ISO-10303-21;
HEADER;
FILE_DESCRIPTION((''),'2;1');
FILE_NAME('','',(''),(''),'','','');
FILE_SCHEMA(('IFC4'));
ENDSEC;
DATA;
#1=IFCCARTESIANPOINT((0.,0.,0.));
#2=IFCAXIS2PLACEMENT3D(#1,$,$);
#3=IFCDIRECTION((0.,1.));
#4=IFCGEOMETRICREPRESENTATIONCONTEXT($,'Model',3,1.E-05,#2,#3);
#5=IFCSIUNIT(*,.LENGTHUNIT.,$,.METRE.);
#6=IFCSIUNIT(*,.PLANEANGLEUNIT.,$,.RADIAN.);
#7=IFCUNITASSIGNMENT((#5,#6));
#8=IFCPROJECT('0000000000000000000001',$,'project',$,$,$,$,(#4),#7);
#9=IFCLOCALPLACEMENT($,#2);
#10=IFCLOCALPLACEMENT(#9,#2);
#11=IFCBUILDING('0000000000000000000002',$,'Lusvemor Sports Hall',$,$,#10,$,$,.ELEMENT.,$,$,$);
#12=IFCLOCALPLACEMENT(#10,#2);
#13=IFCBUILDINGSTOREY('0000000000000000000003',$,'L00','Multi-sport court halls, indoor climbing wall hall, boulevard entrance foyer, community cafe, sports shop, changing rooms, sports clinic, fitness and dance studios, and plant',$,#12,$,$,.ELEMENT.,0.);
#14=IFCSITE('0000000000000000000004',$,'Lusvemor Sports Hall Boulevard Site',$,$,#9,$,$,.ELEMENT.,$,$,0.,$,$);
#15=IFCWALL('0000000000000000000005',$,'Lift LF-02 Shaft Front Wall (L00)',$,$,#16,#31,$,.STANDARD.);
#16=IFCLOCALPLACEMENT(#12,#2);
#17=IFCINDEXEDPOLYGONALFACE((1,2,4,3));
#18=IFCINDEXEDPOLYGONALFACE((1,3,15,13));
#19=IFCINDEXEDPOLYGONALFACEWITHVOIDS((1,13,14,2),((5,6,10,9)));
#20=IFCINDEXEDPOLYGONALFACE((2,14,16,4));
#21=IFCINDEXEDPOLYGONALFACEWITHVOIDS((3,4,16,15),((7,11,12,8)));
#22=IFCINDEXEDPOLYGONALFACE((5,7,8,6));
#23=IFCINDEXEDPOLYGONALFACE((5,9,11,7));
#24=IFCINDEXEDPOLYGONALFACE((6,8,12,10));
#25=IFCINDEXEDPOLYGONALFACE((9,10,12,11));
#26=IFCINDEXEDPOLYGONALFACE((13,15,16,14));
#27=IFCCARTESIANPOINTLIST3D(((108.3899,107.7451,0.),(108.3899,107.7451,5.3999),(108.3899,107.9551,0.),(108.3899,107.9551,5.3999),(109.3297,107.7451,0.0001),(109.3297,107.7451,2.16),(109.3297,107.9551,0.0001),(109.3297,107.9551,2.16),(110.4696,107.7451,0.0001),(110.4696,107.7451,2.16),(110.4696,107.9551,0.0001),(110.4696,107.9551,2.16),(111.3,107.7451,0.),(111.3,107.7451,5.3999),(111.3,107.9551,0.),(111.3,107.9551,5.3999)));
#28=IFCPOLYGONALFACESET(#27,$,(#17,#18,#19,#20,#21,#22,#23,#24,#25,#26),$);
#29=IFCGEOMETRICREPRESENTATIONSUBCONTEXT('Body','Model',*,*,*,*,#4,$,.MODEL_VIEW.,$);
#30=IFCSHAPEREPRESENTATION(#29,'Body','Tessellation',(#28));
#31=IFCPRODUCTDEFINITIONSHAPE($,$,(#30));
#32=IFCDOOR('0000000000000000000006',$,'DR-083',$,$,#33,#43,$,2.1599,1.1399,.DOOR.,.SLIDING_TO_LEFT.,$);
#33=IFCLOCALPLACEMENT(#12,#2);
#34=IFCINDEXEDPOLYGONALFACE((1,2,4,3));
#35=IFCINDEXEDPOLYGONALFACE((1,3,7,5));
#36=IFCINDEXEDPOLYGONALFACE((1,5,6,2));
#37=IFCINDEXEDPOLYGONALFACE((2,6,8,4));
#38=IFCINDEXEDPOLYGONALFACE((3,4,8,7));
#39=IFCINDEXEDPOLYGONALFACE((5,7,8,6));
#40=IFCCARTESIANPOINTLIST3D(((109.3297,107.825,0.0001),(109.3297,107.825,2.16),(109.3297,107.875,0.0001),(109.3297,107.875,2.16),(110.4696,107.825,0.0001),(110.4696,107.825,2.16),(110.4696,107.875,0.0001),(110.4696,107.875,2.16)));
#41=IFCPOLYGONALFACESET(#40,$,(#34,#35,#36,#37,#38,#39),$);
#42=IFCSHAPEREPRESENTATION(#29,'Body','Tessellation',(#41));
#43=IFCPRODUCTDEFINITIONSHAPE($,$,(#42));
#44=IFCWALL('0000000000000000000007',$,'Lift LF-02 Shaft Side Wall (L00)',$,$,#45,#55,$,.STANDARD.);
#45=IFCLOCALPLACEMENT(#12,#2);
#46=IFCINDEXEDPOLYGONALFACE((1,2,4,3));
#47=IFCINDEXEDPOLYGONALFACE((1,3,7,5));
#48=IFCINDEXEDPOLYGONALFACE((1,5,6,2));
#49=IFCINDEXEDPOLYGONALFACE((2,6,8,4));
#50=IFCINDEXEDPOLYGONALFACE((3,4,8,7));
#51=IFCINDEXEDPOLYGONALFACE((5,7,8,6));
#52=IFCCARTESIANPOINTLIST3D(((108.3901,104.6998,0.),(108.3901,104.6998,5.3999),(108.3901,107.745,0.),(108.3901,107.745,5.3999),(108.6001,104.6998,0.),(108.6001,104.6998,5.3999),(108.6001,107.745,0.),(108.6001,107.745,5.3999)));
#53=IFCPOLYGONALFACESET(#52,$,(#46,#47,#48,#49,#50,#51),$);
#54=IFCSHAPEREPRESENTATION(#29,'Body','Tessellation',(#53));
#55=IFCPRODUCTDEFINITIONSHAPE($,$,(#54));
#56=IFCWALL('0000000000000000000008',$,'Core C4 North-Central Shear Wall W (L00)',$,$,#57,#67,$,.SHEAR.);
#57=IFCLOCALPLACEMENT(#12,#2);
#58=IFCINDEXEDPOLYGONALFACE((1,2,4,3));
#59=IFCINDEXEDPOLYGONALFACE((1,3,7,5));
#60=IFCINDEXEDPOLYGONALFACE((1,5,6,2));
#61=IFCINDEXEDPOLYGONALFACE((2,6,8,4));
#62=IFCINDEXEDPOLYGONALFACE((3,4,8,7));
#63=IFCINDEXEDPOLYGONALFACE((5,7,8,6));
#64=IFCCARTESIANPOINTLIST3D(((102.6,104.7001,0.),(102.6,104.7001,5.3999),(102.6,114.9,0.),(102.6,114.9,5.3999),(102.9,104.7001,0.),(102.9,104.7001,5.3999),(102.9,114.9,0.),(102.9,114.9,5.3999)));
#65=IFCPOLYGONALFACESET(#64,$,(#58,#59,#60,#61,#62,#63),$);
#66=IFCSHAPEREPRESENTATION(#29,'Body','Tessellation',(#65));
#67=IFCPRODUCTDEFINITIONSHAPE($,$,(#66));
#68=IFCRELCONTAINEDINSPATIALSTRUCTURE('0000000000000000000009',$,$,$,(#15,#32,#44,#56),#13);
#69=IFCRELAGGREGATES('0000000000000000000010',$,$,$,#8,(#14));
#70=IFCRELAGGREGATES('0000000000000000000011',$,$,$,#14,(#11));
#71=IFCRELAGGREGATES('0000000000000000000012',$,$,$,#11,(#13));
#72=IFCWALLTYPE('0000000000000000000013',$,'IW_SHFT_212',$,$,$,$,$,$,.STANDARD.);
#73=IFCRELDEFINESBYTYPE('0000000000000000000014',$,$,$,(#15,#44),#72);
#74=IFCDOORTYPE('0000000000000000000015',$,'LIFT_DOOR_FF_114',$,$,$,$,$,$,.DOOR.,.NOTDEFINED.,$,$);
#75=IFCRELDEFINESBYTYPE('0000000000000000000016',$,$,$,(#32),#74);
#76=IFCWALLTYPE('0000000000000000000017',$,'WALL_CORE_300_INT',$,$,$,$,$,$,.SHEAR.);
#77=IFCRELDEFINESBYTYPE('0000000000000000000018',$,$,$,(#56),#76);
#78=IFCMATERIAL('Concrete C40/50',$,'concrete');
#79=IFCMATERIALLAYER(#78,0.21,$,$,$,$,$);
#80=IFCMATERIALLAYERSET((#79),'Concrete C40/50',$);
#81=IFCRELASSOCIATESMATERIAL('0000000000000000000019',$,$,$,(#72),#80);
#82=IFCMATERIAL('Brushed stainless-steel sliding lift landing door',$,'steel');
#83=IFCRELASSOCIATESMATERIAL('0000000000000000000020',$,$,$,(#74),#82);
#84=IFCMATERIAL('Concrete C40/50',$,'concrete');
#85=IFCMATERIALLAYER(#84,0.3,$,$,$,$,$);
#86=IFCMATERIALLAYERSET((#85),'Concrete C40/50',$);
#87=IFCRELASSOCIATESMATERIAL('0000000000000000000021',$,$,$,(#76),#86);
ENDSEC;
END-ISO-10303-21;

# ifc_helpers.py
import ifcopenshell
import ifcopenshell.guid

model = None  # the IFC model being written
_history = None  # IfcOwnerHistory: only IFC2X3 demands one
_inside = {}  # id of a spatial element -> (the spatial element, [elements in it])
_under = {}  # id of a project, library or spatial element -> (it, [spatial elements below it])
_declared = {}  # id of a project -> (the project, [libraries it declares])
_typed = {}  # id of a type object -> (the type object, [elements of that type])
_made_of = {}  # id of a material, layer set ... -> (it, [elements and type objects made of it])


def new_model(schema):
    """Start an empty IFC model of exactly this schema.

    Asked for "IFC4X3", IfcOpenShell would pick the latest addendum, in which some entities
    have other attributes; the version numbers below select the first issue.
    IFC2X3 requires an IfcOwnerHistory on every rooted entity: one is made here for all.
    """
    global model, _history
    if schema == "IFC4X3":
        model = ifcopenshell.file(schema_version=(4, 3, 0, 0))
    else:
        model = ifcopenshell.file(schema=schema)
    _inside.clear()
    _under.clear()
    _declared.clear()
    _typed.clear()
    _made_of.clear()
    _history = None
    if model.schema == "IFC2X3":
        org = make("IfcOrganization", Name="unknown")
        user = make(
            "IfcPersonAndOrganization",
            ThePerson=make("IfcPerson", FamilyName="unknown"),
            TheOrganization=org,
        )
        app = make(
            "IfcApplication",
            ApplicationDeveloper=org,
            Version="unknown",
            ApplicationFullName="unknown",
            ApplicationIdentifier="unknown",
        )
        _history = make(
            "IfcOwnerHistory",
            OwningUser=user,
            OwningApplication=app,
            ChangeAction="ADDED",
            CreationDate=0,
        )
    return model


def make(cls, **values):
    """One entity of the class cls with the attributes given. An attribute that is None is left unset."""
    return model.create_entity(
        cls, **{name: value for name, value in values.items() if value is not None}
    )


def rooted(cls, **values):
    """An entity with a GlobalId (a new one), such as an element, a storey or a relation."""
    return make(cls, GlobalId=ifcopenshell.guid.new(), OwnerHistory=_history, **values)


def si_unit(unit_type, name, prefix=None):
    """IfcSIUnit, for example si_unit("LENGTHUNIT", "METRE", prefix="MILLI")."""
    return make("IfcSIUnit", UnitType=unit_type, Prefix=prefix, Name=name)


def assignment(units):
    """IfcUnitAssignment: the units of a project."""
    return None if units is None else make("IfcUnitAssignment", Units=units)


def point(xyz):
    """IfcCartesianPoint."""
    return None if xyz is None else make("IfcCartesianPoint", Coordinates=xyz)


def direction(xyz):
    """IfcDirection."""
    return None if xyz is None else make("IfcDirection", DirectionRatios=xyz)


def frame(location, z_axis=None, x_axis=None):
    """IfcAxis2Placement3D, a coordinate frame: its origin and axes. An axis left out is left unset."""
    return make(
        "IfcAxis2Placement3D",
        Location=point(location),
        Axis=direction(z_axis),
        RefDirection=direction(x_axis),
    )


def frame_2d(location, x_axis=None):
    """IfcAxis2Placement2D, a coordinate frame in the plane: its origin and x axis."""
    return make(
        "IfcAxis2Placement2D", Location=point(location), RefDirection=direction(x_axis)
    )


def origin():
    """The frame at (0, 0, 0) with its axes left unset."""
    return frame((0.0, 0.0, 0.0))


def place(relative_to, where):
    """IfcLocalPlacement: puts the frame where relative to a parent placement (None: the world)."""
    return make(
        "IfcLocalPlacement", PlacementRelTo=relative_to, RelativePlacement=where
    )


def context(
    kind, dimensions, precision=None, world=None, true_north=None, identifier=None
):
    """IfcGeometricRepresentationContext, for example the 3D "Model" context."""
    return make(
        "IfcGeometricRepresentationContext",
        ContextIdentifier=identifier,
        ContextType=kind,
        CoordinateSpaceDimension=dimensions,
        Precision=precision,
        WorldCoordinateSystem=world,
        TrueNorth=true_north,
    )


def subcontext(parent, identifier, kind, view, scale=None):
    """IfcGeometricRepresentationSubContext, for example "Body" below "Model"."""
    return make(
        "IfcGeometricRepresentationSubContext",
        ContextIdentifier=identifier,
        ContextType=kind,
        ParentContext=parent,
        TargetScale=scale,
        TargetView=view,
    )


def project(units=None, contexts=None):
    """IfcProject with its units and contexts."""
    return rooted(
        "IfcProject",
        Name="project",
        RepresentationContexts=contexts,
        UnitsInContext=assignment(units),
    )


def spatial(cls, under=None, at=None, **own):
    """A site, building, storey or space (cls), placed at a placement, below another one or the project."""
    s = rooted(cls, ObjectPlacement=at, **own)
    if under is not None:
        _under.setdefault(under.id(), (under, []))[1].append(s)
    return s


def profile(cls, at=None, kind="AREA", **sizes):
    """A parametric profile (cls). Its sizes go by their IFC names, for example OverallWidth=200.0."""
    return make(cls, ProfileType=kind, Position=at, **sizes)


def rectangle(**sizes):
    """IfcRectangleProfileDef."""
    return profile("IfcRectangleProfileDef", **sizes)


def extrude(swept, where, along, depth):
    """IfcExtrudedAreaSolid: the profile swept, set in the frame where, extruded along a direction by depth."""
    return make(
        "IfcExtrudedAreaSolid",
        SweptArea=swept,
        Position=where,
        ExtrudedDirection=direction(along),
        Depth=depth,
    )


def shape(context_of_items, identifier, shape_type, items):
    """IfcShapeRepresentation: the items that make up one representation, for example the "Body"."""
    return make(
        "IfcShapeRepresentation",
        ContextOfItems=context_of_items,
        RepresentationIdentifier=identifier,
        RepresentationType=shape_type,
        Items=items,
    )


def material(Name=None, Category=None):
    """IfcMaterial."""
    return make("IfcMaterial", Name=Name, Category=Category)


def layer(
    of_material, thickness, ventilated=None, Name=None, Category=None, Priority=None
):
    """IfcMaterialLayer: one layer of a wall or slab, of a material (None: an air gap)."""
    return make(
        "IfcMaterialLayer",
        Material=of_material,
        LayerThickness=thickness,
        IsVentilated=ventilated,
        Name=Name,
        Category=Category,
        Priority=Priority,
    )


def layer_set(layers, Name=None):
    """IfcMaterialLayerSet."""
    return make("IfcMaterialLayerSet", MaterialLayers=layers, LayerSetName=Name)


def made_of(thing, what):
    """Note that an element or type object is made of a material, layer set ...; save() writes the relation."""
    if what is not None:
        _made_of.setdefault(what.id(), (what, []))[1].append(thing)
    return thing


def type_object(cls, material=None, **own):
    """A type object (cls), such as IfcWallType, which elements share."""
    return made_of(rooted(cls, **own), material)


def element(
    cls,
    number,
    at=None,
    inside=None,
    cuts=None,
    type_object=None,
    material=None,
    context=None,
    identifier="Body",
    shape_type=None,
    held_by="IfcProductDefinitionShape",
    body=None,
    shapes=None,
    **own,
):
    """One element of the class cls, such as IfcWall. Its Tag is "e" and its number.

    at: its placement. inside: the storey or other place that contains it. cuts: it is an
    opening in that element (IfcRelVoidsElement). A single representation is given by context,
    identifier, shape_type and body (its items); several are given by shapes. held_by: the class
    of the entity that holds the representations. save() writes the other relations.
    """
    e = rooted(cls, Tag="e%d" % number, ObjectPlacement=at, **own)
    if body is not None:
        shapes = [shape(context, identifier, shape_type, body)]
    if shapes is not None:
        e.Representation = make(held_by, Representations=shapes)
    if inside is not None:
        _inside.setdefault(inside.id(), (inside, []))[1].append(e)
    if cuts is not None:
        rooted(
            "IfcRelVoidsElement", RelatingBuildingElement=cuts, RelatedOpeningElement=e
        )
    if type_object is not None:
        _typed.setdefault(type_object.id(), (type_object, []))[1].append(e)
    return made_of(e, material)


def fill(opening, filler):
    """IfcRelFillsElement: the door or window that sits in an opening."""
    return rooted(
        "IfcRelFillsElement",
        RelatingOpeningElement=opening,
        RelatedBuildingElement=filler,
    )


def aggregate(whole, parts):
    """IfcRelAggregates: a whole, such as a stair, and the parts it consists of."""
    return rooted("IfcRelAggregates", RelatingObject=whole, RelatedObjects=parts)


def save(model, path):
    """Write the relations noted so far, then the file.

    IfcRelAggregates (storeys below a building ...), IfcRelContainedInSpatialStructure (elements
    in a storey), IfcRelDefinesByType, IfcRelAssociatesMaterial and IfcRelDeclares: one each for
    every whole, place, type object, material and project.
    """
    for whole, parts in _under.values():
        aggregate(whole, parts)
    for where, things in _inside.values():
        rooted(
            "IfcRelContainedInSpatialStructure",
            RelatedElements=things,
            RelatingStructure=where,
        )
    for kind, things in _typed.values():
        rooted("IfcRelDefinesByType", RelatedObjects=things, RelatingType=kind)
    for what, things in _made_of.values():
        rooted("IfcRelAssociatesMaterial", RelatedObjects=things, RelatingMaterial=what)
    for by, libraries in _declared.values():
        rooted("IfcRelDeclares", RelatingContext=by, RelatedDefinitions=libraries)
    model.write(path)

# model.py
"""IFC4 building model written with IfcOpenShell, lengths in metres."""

from ifc_helpers import new_model, si_unit, direction, frame, frame_2d, origin, place, context, subcontext, project, spatial, rectangle, extrude, material, layer, layer_set, type_object, element, fill, save


model = new_model("IFC4")

# Units and contexts
model_context = context("Model", 3, precision=1e-05, world=origin(), true_north=direction((0.0, 1.0)))
body_context = subcontext(model_context, "Body", "Model", "MODEL_VIEW")
ifc_project = project(units=[si_unit("LENGTHUNIT", "METRE"), si_unit("PLANEANGLEUNIT", "RADIAN")], contexts=[model_context])

# Site, building, storey
site_placement = place(None, origin())
site = spatial("IfcSite", under=ifc_project, at=site_placement, Name="Lusvemor Sports Hall Boulevard Site", CompositionType="ELEMENT", RefElevation=0.0)
building_placement = place(site_placement, origin())
building = spatial("IfcBuilding", under=site, at=building_placement, Name="Lusvemor Sports Hall", CompositionType="ELEMENT")
storey_placement = place(building_placement, origin())
storey = spatial("IfcBuildingStorey", under=building, at=storey_placement, Name="L00", Description="Multi-sport court halls, indoor climbing wall hall, boulevard entrance foyer, community cafe, sports shop, changing rooms, sports clinic, fitness and dance studios, and plant", CompositionType="ELEMENT", Elevation=0.0)

# Wall, opening, door
ifc_material_1 = material(Name="Concrete C40/50", Category="concrete")
ifc_layer_1 = layer(ifc_material_1, 0.21)
ifc_layer_set_1 = layer_set([ifc_layer_1], Name="Concrete C40/50")
wall_type_1 = type_object("IfcWallType", Name="IW_SHFT_212", PredefinedType="STANDARD", material=ifc_layer_set_1)
wall_1_placement = place(storey_placement, frame((108.3899, 107.8501, 0.0), z_axis=(0.0, 0.0, 1.0), x_axis=(1.0, 0.0, 0.0)))
wall_1 = element("IfcWall", 1, at=wall_1_placement, inside=storey, type_object=wall_type_1, Name="Lift LF-02 Shaft Front Wall (L00)", PredefinedType="STANDARD", context=body_context, shape_type="SweptSolid", body=[
    extrude(rectangle(XDim=2.9102, YDim=0.21, at=frame_2d((1.4551, 0.0))), origin(), (0.0, 0.0, 1.0), 5.3999),
])
opening_1_placement = place(wall_1_placement, frame((0.9399, 0.0, 0.0)))
opening_1 = element("IfcOpeningElement", 2, at=opening_1_placement, cuts=wall_1, PredefinedType="OPENING", context=body_context, shape_type="SweptSolid", body=[
    extrude(rectangle(XDim=1.1399, YDim=2.1599, at=frame_2d((0.5698, 1.0801))), frame((0.0, 0.105, 0.0), z_axis=(0.0, -1.0, 0.0), x_axis=(1.0, 0.0, 0.0)), (0.0, 0.0, 1.0), 0.21),
])
ifc_material_2 = material(Name="Brushed stainless-steel sliding lift landing door", Category="steel")
door_type_1 = type_object("IfcDoorType", Name="LIFT_DOOR_FF_114", OperationType="NOTDEFINED", PredefinedType="DOOR", material=ifc_material_2)
door_1_placement = place(opening_1_placement, origin())
door_1 = element("IfcDoor", 3, at=door_1_placement, inside=storey, type_object=door_type_1, Name="DR-083", OperationType="SLIDING_TO_LEFT", OverallHeight=2.1599, OverallWidth=1.1399, PredefinedType="DOOR", context=body_context, shape_type="SweptSolid", body=[
    extrude(rectangle(XDim=1.1399, YDim=2.1599, at=frame_2d((0.5698, 1.0801))), frame((0.0, 0.0249, 0.0), z_axis=(0.0, -1.0, 0.0), x_axis=(1.0, 0.0, 0.0)), (0.0, 0.0, 1.0), 0.05),
])
fill(opening_1, door_1)

# Walls
wall_2_placement = place(storey_placement, frame((108.4951, 104.7, 0.0), z_axis=(0.0, 0.0, 1.0), x_axis=(0.0, 1.0, 0.0)))
element("IfcWall", 4, at=wall_2_placement, inside=storey, type_object=wall_type_1, Name="Lift LF-02 Shaft Side Wall (L00)", PredefinedType="STANDARD", context=body_context, shape_type="SweptSolid", body=[
    extrude(rectangle(XDim=3.0452, YDim=0.21, at=frame_2d((1.5225, 0.0))), origin(), (0.0, 0.0, 1.0), 5.3999),
])
ifc_material_3 = material(Name="Concrete C40/50", Category="concrete")
ifc_layer_2 = layer(ifc_material_3, 0.3)
ifc_layer_set_2 = layer_set([ifc_layer_2], Name="Concrete C40/50")
wall_type_2 = type_object("IfcWallType", Name="WALL_CORE_300_INT", PredefinedType="SHEAR", material=ifc_layer_set_2)
wall_3_placement = place(storey_placement, frame((102.75, 104.7, 0.0), z_axis=(0.0, 0.0, 1.0), x_axis=(0.0, 1.0, 0.0)))
element("IfcWall", 5, at=wall_3_placement, inside=storey, type_object=wall_type_2, Name="Core C4 North-Central Shear Wall W (L00)", PredefinedType="SHEAR", context=body_context, shape_type="SweptSolid", body=[
    extrude(rectangle(XDim=10.2, YDim=0.3, at=frame_2d((5.1001, 0.0))), origin(), (0.0, 0.0, 1.0), 5.3999),
])

save(model, "model.ifc")
